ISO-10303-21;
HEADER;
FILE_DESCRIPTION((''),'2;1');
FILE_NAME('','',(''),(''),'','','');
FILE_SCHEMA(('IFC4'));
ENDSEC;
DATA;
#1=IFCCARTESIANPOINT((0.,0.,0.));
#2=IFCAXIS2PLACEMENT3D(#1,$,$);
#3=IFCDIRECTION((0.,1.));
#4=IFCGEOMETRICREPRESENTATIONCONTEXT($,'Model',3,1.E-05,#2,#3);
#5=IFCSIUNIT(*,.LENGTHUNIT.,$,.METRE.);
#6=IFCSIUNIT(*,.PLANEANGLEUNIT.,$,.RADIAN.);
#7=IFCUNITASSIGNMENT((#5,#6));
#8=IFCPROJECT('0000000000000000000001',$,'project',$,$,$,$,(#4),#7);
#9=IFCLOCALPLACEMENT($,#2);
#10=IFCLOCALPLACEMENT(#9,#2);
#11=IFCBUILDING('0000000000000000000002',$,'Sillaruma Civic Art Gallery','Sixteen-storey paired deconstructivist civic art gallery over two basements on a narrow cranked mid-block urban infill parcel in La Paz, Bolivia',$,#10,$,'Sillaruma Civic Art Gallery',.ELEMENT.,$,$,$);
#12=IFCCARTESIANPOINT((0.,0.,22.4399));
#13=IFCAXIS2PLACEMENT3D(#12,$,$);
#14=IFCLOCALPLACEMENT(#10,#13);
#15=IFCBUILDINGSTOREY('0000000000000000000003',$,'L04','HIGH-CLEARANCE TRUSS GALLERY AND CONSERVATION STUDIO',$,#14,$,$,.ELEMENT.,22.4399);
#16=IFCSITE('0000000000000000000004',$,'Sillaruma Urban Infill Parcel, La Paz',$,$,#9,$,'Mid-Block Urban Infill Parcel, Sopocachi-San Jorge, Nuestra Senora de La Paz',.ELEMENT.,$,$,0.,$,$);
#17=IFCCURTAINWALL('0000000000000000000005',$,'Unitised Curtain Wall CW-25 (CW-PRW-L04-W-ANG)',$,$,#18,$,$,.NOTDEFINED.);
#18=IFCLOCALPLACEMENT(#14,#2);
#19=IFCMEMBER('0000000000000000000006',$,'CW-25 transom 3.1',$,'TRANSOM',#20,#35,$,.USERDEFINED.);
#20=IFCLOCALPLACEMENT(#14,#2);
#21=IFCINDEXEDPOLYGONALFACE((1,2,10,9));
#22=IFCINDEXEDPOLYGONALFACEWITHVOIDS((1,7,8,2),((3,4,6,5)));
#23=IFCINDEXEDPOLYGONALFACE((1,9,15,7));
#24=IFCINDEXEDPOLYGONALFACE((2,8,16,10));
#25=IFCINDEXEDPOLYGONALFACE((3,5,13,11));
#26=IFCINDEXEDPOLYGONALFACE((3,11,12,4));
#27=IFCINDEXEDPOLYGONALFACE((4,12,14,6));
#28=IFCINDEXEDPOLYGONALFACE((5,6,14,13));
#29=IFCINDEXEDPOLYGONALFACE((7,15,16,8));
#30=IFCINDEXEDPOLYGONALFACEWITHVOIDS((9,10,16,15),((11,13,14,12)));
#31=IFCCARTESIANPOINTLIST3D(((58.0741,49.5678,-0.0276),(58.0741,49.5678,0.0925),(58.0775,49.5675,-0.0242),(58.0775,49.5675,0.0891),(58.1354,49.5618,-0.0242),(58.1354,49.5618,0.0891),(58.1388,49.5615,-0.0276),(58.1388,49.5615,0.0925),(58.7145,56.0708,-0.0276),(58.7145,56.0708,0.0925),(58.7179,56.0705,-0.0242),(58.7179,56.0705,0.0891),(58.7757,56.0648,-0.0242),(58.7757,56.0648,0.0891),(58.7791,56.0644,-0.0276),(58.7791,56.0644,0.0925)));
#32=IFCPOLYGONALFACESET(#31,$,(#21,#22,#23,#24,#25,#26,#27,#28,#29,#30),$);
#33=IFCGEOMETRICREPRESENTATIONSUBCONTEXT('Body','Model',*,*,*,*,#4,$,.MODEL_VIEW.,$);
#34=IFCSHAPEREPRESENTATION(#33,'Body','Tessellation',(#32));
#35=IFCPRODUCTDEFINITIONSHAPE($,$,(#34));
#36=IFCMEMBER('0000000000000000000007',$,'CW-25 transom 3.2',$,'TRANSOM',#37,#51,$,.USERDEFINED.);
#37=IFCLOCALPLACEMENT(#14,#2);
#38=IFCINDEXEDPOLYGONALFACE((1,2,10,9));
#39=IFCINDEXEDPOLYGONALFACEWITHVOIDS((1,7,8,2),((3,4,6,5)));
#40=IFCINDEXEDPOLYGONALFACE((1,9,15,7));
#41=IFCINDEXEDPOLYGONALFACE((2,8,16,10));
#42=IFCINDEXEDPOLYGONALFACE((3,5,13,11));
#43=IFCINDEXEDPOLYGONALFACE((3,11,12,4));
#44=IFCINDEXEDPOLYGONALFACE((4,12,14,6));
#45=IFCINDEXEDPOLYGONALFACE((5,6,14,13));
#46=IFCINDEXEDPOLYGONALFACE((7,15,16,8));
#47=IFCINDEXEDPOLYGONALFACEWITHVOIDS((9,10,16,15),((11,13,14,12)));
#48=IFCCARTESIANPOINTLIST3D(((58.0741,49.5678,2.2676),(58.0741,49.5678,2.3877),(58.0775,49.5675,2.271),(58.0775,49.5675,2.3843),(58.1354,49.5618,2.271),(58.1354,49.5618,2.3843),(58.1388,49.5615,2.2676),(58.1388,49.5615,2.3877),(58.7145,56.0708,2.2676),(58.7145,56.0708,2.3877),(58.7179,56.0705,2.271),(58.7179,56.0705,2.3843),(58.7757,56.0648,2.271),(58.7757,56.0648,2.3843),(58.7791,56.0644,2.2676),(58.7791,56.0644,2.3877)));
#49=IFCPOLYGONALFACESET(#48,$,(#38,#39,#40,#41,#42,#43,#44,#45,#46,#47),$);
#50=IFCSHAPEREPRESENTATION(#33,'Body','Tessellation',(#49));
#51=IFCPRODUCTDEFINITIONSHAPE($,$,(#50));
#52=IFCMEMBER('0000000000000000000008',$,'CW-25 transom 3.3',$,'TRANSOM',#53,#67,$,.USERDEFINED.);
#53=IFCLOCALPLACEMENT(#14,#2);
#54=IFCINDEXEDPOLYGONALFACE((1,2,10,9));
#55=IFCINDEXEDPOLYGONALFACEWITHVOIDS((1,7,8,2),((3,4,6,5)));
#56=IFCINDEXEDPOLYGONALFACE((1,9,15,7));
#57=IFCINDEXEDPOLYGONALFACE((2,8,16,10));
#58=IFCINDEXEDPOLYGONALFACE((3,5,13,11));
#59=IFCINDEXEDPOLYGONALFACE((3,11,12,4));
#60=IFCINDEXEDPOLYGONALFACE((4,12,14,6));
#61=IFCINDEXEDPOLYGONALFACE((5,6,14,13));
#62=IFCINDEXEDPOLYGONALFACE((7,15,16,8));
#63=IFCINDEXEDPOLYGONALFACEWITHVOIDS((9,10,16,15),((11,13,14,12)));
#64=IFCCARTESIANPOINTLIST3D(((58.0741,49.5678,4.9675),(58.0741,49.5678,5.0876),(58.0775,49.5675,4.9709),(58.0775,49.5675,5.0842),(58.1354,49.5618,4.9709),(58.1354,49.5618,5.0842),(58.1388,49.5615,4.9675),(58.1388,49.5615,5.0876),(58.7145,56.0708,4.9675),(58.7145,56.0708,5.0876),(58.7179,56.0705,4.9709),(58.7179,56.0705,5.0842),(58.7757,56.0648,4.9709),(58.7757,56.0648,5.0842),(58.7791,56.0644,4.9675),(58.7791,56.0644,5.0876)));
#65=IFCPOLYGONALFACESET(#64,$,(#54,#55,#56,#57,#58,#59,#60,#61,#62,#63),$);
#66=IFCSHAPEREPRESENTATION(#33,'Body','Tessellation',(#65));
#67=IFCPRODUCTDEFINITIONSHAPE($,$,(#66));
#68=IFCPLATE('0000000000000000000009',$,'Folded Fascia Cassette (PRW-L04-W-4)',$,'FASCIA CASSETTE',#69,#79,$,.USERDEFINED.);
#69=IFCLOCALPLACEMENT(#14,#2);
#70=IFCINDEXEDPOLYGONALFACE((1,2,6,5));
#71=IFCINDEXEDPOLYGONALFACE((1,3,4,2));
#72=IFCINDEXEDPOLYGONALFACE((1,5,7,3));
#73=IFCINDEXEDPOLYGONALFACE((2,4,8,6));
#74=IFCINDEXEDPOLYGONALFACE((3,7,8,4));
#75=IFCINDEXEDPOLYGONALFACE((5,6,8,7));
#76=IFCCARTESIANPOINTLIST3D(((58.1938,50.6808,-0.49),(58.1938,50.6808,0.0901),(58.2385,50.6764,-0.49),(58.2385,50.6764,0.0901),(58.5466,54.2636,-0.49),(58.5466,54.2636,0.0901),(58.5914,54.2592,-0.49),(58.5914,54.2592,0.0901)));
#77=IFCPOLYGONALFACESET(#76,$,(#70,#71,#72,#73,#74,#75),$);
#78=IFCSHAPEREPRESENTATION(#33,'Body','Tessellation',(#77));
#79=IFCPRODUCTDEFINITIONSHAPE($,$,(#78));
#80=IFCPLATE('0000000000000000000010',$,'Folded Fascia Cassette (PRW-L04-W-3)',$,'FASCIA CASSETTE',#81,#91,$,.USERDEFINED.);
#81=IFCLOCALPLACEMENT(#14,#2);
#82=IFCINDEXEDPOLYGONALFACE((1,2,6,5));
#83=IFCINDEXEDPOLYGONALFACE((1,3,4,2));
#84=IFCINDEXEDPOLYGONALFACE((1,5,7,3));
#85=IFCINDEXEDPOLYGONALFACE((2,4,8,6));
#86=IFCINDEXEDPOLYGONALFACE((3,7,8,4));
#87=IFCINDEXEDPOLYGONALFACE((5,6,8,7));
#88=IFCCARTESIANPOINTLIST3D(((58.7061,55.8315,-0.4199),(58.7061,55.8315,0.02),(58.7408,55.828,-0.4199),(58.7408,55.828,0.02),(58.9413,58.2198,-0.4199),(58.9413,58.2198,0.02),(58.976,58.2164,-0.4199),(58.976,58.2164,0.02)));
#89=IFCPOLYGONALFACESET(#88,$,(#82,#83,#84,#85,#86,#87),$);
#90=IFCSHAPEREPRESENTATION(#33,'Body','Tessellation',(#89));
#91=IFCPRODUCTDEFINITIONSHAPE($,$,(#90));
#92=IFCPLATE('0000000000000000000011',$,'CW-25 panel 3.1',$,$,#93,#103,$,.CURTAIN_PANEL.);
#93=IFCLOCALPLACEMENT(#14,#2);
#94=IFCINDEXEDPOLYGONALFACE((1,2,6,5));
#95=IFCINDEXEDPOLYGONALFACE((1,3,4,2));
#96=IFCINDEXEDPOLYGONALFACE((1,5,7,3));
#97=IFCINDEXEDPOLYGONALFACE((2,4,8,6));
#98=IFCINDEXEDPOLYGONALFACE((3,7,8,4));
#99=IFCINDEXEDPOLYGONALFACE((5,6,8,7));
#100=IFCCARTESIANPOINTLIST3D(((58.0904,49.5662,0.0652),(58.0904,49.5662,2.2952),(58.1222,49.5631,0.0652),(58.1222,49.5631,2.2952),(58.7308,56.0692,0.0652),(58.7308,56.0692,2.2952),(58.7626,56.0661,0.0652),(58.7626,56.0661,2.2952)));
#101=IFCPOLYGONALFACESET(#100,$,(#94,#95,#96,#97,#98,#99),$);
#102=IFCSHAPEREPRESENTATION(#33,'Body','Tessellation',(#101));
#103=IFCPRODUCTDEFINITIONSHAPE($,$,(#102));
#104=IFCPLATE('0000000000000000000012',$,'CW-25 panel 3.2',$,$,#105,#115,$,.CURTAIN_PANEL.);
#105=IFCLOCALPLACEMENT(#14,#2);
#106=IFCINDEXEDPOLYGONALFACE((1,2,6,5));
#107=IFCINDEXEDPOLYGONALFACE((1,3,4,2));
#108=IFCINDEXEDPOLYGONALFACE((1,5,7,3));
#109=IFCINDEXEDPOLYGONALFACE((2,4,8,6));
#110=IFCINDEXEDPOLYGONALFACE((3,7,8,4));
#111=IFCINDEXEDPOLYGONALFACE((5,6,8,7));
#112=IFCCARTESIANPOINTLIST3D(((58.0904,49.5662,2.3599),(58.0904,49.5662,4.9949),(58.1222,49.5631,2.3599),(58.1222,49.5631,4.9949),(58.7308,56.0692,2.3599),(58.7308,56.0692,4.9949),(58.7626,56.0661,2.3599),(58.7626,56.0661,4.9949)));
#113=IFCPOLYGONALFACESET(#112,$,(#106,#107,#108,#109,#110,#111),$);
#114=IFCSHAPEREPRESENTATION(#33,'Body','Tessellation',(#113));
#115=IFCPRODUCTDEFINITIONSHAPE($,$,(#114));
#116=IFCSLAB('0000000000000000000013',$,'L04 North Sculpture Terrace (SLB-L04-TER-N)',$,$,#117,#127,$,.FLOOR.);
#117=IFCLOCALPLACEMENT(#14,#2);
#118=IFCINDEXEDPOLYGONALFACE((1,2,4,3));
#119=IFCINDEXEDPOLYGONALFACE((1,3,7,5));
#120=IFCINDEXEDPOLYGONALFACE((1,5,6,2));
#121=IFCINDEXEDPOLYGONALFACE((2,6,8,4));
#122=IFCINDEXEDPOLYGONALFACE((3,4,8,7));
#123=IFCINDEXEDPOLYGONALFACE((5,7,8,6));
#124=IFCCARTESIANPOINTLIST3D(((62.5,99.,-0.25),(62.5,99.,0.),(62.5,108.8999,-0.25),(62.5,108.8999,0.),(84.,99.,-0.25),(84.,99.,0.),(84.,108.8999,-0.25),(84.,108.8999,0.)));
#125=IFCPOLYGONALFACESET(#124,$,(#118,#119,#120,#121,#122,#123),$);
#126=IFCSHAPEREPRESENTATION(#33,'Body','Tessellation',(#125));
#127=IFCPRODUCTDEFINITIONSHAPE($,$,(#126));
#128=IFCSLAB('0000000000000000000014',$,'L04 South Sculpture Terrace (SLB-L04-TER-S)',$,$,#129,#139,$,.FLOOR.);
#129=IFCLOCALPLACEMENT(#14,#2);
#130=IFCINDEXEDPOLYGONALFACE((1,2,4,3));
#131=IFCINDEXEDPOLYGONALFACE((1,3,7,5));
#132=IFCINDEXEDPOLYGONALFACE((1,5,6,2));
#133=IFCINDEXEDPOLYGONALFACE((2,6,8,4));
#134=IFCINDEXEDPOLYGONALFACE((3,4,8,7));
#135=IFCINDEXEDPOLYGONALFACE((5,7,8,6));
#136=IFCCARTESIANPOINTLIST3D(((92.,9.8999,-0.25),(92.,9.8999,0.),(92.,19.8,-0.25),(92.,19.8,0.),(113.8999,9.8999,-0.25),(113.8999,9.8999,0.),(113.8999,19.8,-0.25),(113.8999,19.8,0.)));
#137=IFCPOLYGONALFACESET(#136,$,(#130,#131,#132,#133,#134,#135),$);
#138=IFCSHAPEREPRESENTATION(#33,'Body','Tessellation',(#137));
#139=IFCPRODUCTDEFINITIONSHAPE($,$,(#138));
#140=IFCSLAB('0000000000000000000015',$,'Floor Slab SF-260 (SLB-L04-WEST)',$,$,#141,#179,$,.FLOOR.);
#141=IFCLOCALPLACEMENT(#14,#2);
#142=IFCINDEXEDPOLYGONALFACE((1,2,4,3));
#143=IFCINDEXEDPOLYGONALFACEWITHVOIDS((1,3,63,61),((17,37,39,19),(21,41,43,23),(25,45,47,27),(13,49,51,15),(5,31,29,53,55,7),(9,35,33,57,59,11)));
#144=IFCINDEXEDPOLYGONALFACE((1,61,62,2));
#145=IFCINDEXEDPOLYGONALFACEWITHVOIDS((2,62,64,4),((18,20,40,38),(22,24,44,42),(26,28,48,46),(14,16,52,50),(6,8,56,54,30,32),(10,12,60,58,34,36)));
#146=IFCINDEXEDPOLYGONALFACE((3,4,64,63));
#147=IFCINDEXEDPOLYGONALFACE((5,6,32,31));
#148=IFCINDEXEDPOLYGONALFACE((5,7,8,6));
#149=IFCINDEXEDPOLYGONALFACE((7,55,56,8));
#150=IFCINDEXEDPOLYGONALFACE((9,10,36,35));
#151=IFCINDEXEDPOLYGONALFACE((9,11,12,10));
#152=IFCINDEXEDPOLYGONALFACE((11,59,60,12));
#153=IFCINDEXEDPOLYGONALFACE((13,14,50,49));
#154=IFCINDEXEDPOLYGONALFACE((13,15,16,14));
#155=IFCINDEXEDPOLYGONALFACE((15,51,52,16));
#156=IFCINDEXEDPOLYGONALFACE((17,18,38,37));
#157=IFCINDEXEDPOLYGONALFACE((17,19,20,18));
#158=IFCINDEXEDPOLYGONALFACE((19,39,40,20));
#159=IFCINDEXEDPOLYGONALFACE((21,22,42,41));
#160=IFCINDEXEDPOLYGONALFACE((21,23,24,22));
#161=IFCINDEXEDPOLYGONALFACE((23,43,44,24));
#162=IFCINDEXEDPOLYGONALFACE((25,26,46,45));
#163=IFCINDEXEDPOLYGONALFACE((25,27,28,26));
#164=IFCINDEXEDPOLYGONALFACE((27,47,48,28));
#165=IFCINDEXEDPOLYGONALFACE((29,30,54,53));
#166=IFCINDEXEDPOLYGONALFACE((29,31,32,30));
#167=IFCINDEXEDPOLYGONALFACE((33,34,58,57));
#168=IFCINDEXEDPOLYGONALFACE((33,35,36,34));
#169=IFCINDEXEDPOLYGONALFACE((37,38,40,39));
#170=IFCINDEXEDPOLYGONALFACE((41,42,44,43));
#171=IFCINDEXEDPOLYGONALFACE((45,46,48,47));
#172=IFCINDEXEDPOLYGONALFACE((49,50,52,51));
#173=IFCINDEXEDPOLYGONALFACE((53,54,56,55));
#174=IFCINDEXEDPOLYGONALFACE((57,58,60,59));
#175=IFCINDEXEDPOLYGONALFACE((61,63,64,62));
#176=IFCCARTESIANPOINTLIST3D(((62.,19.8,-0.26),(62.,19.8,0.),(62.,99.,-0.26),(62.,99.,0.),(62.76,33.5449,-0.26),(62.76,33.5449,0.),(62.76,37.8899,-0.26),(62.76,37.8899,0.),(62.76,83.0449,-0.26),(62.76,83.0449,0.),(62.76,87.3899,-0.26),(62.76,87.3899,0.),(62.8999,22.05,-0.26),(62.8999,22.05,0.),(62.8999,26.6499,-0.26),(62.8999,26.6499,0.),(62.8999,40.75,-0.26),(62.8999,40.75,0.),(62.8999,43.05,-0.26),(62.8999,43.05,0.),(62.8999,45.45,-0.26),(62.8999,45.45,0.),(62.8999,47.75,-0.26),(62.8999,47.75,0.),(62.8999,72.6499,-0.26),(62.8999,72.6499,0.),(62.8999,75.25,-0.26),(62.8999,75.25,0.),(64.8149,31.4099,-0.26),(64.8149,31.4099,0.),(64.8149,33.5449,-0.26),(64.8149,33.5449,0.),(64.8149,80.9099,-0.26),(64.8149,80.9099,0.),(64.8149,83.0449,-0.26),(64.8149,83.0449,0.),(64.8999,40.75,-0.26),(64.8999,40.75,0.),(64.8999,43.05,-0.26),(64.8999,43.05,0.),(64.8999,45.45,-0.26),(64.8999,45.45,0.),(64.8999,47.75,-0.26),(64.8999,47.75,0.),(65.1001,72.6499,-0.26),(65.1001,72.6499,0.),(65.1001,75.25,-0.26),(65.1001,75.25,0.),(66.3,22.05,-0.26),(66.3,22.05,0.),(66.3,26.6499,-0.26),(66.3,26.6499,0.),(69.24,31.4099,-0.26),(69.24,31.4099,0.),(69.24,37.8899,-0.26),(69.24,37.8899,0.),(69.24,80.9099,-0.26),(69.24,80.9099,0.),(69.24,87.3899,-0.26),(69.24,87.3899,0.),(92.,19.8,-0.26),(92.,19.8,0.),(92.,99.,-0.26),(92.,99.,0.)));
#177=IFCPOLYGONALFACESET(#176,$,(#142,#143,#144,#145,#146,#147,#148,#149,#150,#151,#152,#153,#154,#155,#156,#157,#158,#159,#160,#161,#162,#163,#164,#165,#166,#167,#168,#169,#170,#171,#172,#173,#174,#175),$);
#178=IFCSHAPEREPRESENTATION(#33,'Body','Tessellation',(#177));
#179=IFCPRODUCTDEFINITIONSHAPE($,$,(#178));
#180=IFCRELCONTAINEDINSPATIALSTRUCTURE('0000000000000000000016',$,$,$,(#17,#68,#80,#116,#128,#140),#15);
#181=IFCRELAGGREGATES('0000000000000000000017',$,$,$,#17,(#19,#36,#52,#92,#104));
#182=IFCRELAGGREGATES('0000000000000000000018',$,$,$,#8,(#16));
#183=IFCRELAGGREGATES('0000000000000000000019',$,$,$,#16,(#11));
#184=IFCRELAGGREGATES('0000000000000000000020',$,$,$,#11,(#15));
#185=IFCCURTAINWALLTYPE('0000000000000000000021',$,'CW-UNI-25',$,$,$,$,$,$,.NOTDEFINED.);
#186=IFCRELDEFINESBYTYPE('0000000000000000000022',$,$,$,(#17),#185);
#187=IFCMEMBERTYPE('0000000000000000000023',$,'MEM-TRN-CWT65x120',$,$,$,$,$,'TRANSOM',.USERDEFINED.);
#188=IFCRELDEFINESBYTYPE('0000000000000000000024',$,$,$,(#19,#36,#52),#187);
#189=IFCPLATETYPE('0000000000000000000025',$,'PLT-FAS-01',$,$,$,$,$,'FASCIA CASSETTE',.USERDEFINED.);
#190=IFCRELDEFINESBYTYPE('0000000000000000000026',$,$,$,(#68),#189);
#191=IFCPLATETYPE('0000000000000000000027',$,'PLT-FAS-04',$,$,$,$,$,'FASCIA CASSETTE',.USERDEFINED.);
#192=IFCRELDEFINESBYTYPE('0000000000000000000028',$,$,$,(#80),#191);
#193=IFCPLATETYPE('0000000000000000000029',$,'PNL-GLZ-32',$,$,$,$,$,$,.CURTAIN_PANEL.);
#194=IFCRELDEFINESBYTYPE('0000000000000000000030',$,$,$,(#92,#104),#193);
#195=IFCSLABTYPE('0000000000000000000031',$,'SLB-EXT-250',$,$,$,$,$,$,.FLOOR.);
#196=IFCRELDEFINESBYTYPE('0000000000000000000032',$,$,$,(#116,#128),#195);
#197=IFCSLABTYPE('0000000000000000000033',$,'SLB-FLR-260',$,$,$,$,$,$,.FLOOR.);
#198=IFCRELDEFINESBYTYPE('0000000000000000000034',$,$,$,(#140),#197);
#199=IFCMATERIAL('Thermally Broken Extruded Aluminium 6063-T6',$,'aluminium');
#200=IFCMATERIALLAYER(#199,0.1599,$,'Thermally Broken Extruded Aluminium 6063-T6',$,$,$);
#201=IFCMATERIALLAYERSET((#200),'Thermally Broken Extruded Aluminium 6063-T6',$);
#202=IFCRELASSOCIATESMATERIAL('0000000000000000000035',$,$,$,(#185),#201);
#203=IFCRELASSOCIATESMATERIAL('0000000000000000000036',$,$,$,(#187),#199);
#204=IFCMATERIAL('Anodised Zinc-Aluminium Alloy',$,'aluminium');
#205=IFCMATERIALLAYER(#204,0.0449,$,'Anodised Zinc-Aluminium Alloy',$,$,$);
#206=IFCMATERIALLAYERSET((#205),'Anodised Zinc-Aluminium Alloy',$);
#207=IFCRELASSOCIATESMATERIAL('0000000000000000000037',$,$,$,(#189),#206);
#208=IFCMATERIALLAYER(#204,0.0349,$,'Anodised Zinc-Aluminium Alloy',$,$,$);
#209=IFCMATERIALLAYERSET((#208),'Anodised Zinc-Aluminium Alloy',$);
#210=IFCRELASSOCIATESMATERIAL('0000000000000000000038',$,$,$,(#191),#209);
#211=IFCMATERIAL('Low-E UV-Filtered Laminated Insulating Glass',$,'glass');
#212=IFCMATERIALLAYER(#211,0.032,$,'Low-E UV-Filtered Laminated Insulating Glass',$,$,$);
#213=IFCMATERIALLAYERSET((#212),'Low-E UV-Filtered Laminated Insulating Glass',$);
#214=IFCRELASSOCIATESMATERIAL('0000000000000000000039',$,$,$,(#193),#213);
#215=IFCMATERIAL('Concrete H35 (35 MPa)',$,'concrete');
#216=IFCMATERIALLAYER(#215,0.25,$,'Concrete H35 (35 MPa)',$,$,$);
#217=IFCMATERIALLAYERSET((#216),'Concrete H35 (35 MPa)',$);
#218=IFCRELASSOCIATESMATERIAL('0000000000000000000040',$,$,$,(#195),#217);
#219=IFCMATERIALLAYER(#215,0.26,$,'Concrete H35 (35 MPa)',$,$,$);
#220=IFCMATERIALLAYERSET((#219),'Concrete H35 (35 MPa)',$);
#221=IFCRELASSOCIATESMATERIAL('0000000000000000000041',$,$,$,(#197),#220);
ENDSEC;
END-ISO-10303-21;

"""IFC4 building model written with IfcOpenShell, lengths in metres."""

from ifc_helpers import new_model, si_unit, direction, frame, origin, origin_2d, place, context, subcontext, project, spatial, polyline, rectangle, hollow_rectangle, outline, extrude, material, layer, layer_set, material_profile, profile_set, type_object, element, aggregate, save


model = new_model("IFC4")

# Units and contexts
model_context = context("Model", 3, precision=1e-05, world=origin(), true_north=direction((0.0, 1.0)))
body_context = subcontext(model_context, "Body", "Model", "MODEL_VIEW")
ifc_project = project(units=[si_unit("LENGTHUNIT", "METRE"), si_unit("PLANEANGLEUNIT", "RADIAN")], contexts=[model_context])

# Site, building, storey
site_placement = place(None, origin())
site = spatial("IfcSite", under=ifc_project, at=site_placement, Name="Sillaruma Urban Infill Parcel, La Paz", LongName="Mid-Block Urban Infill Parcel, Sopocachi-San Jorge, Nuestra Senora de La Paz", CompositionType="ELEMENT", RefElevation=0.0)
building_placement = place(site_placement, origin())
building = spatial("IfcBuilding", under=site, at=building_placement, Name="Sillaruma Civic Art Gallery", Description="Sixteen-storey paired deconstructivist civic art gallery over two basements on a narrow cranked mid-block urban infill parcel in La Paz, Bolivia", LongName="Sillaruma Civic Art Gallery", CompositionType="ELEMENT")
storey_placement = place(building_placement, frame((0.0, 0.0, 22.4399)))
storey = spatial("IfcBuildingStorey", under=building, at=storey_placement, Name="L04", Description="HIGH-CLEARANCE TRUSS GALLERY AND CONSERVATION STUDIO", CompositionType="ELEMENT", Elevation=22.4399)

# Shared definitions
ifc_material_1 = material(Name="Concrete H35 (35 MPa)", Category="concrete")

# Curtain wall, members
ifc_material_2 = material(Name="Thermally Broken Extruded Aluminium 6063-T6", Category="aluminium")
ifc_layer_1 = layer(ifc_material_2, 0.1599, Name="Thermally Broken Extruded Aluminium 6063-T6")
ifc_layer_set_1 = layer_set([ifc_layer_1], Name="Thermally Broken Extruded Aluminium 6063-T6")
curtain_wall_type = type_object("IfcCurtainWallType", Name="CW-UNI-25", PredefinedType="NOTDEFINED", material=ifc_layer_set_1)
curtain_wall_placement = place(storey_placement, origin())
curtain_wall = element("IfcCurtainWall", 1, at=curtain_wall_placement, inside=storey, type_object=curtain_wall_type, Name="Unitised Curtain Wall CW-25 (CW-PRW-L04-W-ANG)", PredefinedType="NOTDEFINED")
ifc_material_profile_1 = material_profile(ifc_material_2, hollow_rectangle(XDim=0.0649, YDim=0.1201, WallThickness=0.0034, at=origin_2d()), Name="CWT65x120")
ifc_profile_set_1 = profile_set([ifc_material_profile_1], Name="Thermally Broken Extruded Aluminium 6063-T6")
member_type_1 = type_object("IfcMemberType", Name="MEM-TRN-CWT65x120", ElementType="TRANSOM", PredefinedType="USERDEFINED", material=ifc_profile_set_1)
member_1_placement = place(storey_placement, frame((58.7468, 56.0676, 0.0325), z_axis=(-0.098002, -0.995186, 0.0), x_axis=(0.995186, -0.098002, 0.0)))
member_1 = element("IfcMember", 2, at=member_1_placement, type_object=member_type_1, Name="CW-25 transom 3.1", ObjectType="TRANSOM", PredefinedType="USERDEFINED", context=body_context, shape_type="SweptSolid", body=[
    extrude(hollow_rectangle(XDim=0.0649, YDim=0.1201, WallThickness=0.0034, at=origin_2d()), origin(), (0.0, 0.0, 1.0), 6.5344),
])
member_2_placement = place(storey_placement, frame((58.7468, 56.0676, 2.3276), z_axis=(-0.098002, -0.995186, 0.0), x_axis=(0.995186, -0.098002, 0.0)))
member_2 = element("IfcMember", 3, at=member_2_placement, type_object=member_type_1, Name="CW-25 transom 3.2", ObjectType="TRANSOM", PredefinedType="USERDEFINED", context=body_context, shape_type="SweptSolid", body=[
    extrude(hollow_rectangle(XDim=0.0649, YDim=0.1201, WallThickness=0.0034, at=origin_2d()), origin(), (0.0, 0.0, 1.0), 6.5344),
])
member_3_placement = place(storey_placement, frame((58.7468, 56.0676, 5.0276), z_axis=(-0.098002, -0.995186, 0.0), x_axis=(0.995186, -0.098002, 0.0)))
member_3 = element("IfcMember", 4, at=member_3_placement, type_object=member_type_1, Name="CW-25 transom 3.3", ObjectType="TRANSOM", PredefinedType="USERDEFINED", context=body_context, shape_type="SweptSolid", body=[
    extrude(hollow_rectangle(XDim=0.0649, YDim=0.1201, WallThickness=0.0034, at=origin_2d()), origin(), (0.0, 0.0, 1.0), 6.5344),
])

# Plates
ifc_material_3 = material(Name="Anodised Zinc-Aluminium Alloy", Category="aluminium")
ifc_layer_2 = layer(ifc_material_3, 0.0449, Name="Anodised Zinc-Aluminium Alloy")
ifc_layer_set_2 = layer_set([ifc_layer_2], Name="Anodised Zinc-Aluminium Alloy")
plate_type_1 = type_object("IfcPlateType", Name="PLT-FAS-01", ElementType="FASCIA CASSETTE", PredefinedType="USERDEFINED", material=ifc_layer_set_2)
plate_1_placement = place(storey_placement, frame((58.3926, 52.47, -0.49), z_axis=(0.0, 0.0, 1.0), x_axis=(-0.098011, -0.995185, 0.0)))
element("IfcPlate", 5, at=plate_1_placement, inside=storey, type_object=plate_type_1, Name="Folded Fascia Cassette (PRW-L04-W-4)", ObjectType="FASCIA CASSETTE", PredefinedType="USERDEFINED", context=body_context, shape_type="SweptSolid", body=[
    extrude(rectangle(XDim=3.6001, YDim=0.0449, at=origin_2d()), origin(), (0.0, 0.0, 1.0), 0.5801),
])
ifc_layer_3 = layer(ifc_material_3, 0.0349, Name="Anodised Zinc-Aluminium Alloy")
ifc_layer_set_3 = layer_set([ifc_layer_3], Name="Anodised Zinc-Aluminium Alloy")
plate_type_2 = type_object("IfcPlateType", Name="PLT-FAS-04", ElementType="FASCIA CASSETTE", PredefinedType="USERDEFINED", material=ifc_layer_set_3)
plate_2_placement = place(storey_placement, frame((58.8411, 57.0239, -0.4199), z_axis=(0.0, 0.0, 1.0), x_axis=(-0.098011, -0.995185, 0.0)))
element("IfcPlate", 6, at=plate_2_placement, inside=storey, type_object=plate_type_2, Name="Folded Fascia Cassette (PRW-L04-W-3)", ObjectType="FASCIA CASSETTE", PredefinedType="USERDEFINED", context=body_context, shape_type="SweptSolid", body=[
    extrude(rectangle(XDim=2.3999, YDim=0.0349, at=origin_2d()), origin(), (0.0, 0.0, 1.0), 0.4399),
])

# Plates
ifc_material_4 = material(Name="Low-E UV-Filtered Laminated Insulating Glass", Category="glass")
ifc_layer_4 = layer(ifc_material_4, 0.032, Name="Low-E UV-Filtered Laminated Insulating Glass")
ifc_layer_set_4 = layer_set([ifc_layer_4], Name="Low-E UV-Filtered Laminated Insulating Glass")
plate_type_3 = type_object("IfcPlateType", Name="PNL-GLZ-32", PredefinedType="CURTAIN_PANEL", material=ifc_layer_set_4)
plate_3_placement = place(storey_placement, frame((58.4265, 52.8162, 0.0652), z_axis=(0.0, 0.0, 1.0), x_axis=(-0.098011, -0.995185, 0.0)))
plate_3 = element("IfcPlate", 7, at=plate_3_placement, type_object=plate_type_3, Name="CW-25 panel 3.1", PredefinedType="CURTAIN_PANEL", context=body_context, shape_type="SweptSolid", body=[
    extrude(rectangle(XDim=6.5344, YDim=0.032, at=origin_2d()), origin(), (0.0, 0.0, 1.0), 2.23),
])
plate_4_placement = place(storey_placement, frame((58.4265, 52.8162, 2.3599), z_axis=(0.0, 0.0, 1.0), x_axis=(-0.098011, -0.995185, 0.0)))
plate_4 = element("IfcPlate", 8, at=plate_4_placement, type_object=plate_type_3, Name="CW-25 panel 3.2", PredefinedType="CURTAIN_PANEL", context=body_context, shape_type="SweptSolid", body=[
    extrude(rectangle(XDim=6.5344, YDim=0.032, at=origin_2d()), origin(), (0.0, 0.0, 1.0), 2.635),
])
aggregate(curtain_wall, [member_1, member_2, member_3, plate_3, plate_4])

# Slabs
ifc_layer_5 = layer(ifc_material_1, 0.25, Name="Concrete H35 (35 MPa)")
ifc_layer_set_5 = layer_set([ifc_layer_5], Name="Concrete H35 (35 MPa)")
slab_type_1 = type_object("IfcSlabType", Name="SLB-EXT-250", PredefinedType="FLOOR", material=ifc_layer_set_5)
slab_1_placement = place(storey_placement, frame((0.0, 0.0, -0.25)))
element("IfcSlab", 9, at=slab_1_placement, inside=storey, type_object=slab_type_1, Name="L04 North Sculpture Terrace (SLB-L04-TER-N)", PredefinedType="FLOOR", context=body_context, shape_type="SweptSolid", body=[
    extrude(outline(polyline([(62.5, 99.0), (84.0, 99.0), (84.0, 108.8999), (62.5, 108.8999), (62.5, 99.0)])), origin(), (0.0, 0.0, 1.0), 0.25),
])
slab_2_placement = place(storey_placement, frame((0.0, 0.0, -0.25)))
element("IfcSlab", 10, at=slab_2_placement, inside=storey, type_object=slab_type_1, Name="L04 South Sculpture Terrace (SLB-L04-TER-S)", PredefinedType="FLOOR", context=body_context, shape_type="SweptSolid", body=[
    extrude(outline(polyline([(92.0, 9.8999), (113.8999, 9.8999), (113.8999, 19.8), (92.0, 19.8), (92.0, 9.8999)])), origin(), (0.0, 0.0, 1.0), 0.25),
])
ifc_layer_6 = layer(ifc_material_1, 0.26, Name="Concrete H35 (35 MPa)")
ifc_layer_set_6 = layer_set([ifc_layer_6], Name="Concrete H35 (35 MPa)")
slab_type_2 = type_object("IfcSlabType", Name="SLB-FLR-260", PredefinedType="FLOOR", material=ifc_layer_set_6)
slab_3_placement = place(storey_placement, frame((0.0, 0.0, -0.26)))
element("IfcSlab", 11, at=slab_3_placement, inside=storey, type_object=slab_type_2, Name="Floor Slab SF-260 (SLB-L04-WEST)", PredefinedType="FLOOR", context=body_context, shape_type="SweptSolid", body=[
    extrude(outline(polyline([(62.0, 19.8), (92.0, 19.8), (92.0, 99.0), (62.0, 99.0), (62.0, 19.8)]), holes=[polyline([(64.8149, 80.9099), (69.24, 80.9099), (69.24, 87.3899), (62.76, 87.3899), (62.76, 83.0449), (64.8149, 83.0449), (64.8149, 80.9099)]), polyline([(64.8149, 31.4099), (69.24, 31.4099), (69.24, 37.8899), (62.76, 37.8899), (62.76, 33.5449), (64.8149, 33.5449), (64.8149, 31.4099)]), polyline([(62.8999, 40.75), (64.8999, 40.75), (64.8999, 43.05), (62.8999, 43.05), (62.8999, 40.75)]), polyline([(62.8999, 45.45), (64.8999, 45.45), (64.8999, 47.75), (62.8999, 47.75), (62.8999, 45.45)]), polyline([(62.8999, 72.6499), (65.1001, 72.6499), (65.1001, 75.25), (62.8999, 75.25), (62.8999, 72.6499)]), polyline([(62.8999, 22.05), (66.3, 22.05), (66.3, 26.6499), (62.8999, 26.6499), (62.8999, 22.05)])]), origin(), (0.0, 0.0, 1.0), 0.26),
])

save(model, "model.ifc")
